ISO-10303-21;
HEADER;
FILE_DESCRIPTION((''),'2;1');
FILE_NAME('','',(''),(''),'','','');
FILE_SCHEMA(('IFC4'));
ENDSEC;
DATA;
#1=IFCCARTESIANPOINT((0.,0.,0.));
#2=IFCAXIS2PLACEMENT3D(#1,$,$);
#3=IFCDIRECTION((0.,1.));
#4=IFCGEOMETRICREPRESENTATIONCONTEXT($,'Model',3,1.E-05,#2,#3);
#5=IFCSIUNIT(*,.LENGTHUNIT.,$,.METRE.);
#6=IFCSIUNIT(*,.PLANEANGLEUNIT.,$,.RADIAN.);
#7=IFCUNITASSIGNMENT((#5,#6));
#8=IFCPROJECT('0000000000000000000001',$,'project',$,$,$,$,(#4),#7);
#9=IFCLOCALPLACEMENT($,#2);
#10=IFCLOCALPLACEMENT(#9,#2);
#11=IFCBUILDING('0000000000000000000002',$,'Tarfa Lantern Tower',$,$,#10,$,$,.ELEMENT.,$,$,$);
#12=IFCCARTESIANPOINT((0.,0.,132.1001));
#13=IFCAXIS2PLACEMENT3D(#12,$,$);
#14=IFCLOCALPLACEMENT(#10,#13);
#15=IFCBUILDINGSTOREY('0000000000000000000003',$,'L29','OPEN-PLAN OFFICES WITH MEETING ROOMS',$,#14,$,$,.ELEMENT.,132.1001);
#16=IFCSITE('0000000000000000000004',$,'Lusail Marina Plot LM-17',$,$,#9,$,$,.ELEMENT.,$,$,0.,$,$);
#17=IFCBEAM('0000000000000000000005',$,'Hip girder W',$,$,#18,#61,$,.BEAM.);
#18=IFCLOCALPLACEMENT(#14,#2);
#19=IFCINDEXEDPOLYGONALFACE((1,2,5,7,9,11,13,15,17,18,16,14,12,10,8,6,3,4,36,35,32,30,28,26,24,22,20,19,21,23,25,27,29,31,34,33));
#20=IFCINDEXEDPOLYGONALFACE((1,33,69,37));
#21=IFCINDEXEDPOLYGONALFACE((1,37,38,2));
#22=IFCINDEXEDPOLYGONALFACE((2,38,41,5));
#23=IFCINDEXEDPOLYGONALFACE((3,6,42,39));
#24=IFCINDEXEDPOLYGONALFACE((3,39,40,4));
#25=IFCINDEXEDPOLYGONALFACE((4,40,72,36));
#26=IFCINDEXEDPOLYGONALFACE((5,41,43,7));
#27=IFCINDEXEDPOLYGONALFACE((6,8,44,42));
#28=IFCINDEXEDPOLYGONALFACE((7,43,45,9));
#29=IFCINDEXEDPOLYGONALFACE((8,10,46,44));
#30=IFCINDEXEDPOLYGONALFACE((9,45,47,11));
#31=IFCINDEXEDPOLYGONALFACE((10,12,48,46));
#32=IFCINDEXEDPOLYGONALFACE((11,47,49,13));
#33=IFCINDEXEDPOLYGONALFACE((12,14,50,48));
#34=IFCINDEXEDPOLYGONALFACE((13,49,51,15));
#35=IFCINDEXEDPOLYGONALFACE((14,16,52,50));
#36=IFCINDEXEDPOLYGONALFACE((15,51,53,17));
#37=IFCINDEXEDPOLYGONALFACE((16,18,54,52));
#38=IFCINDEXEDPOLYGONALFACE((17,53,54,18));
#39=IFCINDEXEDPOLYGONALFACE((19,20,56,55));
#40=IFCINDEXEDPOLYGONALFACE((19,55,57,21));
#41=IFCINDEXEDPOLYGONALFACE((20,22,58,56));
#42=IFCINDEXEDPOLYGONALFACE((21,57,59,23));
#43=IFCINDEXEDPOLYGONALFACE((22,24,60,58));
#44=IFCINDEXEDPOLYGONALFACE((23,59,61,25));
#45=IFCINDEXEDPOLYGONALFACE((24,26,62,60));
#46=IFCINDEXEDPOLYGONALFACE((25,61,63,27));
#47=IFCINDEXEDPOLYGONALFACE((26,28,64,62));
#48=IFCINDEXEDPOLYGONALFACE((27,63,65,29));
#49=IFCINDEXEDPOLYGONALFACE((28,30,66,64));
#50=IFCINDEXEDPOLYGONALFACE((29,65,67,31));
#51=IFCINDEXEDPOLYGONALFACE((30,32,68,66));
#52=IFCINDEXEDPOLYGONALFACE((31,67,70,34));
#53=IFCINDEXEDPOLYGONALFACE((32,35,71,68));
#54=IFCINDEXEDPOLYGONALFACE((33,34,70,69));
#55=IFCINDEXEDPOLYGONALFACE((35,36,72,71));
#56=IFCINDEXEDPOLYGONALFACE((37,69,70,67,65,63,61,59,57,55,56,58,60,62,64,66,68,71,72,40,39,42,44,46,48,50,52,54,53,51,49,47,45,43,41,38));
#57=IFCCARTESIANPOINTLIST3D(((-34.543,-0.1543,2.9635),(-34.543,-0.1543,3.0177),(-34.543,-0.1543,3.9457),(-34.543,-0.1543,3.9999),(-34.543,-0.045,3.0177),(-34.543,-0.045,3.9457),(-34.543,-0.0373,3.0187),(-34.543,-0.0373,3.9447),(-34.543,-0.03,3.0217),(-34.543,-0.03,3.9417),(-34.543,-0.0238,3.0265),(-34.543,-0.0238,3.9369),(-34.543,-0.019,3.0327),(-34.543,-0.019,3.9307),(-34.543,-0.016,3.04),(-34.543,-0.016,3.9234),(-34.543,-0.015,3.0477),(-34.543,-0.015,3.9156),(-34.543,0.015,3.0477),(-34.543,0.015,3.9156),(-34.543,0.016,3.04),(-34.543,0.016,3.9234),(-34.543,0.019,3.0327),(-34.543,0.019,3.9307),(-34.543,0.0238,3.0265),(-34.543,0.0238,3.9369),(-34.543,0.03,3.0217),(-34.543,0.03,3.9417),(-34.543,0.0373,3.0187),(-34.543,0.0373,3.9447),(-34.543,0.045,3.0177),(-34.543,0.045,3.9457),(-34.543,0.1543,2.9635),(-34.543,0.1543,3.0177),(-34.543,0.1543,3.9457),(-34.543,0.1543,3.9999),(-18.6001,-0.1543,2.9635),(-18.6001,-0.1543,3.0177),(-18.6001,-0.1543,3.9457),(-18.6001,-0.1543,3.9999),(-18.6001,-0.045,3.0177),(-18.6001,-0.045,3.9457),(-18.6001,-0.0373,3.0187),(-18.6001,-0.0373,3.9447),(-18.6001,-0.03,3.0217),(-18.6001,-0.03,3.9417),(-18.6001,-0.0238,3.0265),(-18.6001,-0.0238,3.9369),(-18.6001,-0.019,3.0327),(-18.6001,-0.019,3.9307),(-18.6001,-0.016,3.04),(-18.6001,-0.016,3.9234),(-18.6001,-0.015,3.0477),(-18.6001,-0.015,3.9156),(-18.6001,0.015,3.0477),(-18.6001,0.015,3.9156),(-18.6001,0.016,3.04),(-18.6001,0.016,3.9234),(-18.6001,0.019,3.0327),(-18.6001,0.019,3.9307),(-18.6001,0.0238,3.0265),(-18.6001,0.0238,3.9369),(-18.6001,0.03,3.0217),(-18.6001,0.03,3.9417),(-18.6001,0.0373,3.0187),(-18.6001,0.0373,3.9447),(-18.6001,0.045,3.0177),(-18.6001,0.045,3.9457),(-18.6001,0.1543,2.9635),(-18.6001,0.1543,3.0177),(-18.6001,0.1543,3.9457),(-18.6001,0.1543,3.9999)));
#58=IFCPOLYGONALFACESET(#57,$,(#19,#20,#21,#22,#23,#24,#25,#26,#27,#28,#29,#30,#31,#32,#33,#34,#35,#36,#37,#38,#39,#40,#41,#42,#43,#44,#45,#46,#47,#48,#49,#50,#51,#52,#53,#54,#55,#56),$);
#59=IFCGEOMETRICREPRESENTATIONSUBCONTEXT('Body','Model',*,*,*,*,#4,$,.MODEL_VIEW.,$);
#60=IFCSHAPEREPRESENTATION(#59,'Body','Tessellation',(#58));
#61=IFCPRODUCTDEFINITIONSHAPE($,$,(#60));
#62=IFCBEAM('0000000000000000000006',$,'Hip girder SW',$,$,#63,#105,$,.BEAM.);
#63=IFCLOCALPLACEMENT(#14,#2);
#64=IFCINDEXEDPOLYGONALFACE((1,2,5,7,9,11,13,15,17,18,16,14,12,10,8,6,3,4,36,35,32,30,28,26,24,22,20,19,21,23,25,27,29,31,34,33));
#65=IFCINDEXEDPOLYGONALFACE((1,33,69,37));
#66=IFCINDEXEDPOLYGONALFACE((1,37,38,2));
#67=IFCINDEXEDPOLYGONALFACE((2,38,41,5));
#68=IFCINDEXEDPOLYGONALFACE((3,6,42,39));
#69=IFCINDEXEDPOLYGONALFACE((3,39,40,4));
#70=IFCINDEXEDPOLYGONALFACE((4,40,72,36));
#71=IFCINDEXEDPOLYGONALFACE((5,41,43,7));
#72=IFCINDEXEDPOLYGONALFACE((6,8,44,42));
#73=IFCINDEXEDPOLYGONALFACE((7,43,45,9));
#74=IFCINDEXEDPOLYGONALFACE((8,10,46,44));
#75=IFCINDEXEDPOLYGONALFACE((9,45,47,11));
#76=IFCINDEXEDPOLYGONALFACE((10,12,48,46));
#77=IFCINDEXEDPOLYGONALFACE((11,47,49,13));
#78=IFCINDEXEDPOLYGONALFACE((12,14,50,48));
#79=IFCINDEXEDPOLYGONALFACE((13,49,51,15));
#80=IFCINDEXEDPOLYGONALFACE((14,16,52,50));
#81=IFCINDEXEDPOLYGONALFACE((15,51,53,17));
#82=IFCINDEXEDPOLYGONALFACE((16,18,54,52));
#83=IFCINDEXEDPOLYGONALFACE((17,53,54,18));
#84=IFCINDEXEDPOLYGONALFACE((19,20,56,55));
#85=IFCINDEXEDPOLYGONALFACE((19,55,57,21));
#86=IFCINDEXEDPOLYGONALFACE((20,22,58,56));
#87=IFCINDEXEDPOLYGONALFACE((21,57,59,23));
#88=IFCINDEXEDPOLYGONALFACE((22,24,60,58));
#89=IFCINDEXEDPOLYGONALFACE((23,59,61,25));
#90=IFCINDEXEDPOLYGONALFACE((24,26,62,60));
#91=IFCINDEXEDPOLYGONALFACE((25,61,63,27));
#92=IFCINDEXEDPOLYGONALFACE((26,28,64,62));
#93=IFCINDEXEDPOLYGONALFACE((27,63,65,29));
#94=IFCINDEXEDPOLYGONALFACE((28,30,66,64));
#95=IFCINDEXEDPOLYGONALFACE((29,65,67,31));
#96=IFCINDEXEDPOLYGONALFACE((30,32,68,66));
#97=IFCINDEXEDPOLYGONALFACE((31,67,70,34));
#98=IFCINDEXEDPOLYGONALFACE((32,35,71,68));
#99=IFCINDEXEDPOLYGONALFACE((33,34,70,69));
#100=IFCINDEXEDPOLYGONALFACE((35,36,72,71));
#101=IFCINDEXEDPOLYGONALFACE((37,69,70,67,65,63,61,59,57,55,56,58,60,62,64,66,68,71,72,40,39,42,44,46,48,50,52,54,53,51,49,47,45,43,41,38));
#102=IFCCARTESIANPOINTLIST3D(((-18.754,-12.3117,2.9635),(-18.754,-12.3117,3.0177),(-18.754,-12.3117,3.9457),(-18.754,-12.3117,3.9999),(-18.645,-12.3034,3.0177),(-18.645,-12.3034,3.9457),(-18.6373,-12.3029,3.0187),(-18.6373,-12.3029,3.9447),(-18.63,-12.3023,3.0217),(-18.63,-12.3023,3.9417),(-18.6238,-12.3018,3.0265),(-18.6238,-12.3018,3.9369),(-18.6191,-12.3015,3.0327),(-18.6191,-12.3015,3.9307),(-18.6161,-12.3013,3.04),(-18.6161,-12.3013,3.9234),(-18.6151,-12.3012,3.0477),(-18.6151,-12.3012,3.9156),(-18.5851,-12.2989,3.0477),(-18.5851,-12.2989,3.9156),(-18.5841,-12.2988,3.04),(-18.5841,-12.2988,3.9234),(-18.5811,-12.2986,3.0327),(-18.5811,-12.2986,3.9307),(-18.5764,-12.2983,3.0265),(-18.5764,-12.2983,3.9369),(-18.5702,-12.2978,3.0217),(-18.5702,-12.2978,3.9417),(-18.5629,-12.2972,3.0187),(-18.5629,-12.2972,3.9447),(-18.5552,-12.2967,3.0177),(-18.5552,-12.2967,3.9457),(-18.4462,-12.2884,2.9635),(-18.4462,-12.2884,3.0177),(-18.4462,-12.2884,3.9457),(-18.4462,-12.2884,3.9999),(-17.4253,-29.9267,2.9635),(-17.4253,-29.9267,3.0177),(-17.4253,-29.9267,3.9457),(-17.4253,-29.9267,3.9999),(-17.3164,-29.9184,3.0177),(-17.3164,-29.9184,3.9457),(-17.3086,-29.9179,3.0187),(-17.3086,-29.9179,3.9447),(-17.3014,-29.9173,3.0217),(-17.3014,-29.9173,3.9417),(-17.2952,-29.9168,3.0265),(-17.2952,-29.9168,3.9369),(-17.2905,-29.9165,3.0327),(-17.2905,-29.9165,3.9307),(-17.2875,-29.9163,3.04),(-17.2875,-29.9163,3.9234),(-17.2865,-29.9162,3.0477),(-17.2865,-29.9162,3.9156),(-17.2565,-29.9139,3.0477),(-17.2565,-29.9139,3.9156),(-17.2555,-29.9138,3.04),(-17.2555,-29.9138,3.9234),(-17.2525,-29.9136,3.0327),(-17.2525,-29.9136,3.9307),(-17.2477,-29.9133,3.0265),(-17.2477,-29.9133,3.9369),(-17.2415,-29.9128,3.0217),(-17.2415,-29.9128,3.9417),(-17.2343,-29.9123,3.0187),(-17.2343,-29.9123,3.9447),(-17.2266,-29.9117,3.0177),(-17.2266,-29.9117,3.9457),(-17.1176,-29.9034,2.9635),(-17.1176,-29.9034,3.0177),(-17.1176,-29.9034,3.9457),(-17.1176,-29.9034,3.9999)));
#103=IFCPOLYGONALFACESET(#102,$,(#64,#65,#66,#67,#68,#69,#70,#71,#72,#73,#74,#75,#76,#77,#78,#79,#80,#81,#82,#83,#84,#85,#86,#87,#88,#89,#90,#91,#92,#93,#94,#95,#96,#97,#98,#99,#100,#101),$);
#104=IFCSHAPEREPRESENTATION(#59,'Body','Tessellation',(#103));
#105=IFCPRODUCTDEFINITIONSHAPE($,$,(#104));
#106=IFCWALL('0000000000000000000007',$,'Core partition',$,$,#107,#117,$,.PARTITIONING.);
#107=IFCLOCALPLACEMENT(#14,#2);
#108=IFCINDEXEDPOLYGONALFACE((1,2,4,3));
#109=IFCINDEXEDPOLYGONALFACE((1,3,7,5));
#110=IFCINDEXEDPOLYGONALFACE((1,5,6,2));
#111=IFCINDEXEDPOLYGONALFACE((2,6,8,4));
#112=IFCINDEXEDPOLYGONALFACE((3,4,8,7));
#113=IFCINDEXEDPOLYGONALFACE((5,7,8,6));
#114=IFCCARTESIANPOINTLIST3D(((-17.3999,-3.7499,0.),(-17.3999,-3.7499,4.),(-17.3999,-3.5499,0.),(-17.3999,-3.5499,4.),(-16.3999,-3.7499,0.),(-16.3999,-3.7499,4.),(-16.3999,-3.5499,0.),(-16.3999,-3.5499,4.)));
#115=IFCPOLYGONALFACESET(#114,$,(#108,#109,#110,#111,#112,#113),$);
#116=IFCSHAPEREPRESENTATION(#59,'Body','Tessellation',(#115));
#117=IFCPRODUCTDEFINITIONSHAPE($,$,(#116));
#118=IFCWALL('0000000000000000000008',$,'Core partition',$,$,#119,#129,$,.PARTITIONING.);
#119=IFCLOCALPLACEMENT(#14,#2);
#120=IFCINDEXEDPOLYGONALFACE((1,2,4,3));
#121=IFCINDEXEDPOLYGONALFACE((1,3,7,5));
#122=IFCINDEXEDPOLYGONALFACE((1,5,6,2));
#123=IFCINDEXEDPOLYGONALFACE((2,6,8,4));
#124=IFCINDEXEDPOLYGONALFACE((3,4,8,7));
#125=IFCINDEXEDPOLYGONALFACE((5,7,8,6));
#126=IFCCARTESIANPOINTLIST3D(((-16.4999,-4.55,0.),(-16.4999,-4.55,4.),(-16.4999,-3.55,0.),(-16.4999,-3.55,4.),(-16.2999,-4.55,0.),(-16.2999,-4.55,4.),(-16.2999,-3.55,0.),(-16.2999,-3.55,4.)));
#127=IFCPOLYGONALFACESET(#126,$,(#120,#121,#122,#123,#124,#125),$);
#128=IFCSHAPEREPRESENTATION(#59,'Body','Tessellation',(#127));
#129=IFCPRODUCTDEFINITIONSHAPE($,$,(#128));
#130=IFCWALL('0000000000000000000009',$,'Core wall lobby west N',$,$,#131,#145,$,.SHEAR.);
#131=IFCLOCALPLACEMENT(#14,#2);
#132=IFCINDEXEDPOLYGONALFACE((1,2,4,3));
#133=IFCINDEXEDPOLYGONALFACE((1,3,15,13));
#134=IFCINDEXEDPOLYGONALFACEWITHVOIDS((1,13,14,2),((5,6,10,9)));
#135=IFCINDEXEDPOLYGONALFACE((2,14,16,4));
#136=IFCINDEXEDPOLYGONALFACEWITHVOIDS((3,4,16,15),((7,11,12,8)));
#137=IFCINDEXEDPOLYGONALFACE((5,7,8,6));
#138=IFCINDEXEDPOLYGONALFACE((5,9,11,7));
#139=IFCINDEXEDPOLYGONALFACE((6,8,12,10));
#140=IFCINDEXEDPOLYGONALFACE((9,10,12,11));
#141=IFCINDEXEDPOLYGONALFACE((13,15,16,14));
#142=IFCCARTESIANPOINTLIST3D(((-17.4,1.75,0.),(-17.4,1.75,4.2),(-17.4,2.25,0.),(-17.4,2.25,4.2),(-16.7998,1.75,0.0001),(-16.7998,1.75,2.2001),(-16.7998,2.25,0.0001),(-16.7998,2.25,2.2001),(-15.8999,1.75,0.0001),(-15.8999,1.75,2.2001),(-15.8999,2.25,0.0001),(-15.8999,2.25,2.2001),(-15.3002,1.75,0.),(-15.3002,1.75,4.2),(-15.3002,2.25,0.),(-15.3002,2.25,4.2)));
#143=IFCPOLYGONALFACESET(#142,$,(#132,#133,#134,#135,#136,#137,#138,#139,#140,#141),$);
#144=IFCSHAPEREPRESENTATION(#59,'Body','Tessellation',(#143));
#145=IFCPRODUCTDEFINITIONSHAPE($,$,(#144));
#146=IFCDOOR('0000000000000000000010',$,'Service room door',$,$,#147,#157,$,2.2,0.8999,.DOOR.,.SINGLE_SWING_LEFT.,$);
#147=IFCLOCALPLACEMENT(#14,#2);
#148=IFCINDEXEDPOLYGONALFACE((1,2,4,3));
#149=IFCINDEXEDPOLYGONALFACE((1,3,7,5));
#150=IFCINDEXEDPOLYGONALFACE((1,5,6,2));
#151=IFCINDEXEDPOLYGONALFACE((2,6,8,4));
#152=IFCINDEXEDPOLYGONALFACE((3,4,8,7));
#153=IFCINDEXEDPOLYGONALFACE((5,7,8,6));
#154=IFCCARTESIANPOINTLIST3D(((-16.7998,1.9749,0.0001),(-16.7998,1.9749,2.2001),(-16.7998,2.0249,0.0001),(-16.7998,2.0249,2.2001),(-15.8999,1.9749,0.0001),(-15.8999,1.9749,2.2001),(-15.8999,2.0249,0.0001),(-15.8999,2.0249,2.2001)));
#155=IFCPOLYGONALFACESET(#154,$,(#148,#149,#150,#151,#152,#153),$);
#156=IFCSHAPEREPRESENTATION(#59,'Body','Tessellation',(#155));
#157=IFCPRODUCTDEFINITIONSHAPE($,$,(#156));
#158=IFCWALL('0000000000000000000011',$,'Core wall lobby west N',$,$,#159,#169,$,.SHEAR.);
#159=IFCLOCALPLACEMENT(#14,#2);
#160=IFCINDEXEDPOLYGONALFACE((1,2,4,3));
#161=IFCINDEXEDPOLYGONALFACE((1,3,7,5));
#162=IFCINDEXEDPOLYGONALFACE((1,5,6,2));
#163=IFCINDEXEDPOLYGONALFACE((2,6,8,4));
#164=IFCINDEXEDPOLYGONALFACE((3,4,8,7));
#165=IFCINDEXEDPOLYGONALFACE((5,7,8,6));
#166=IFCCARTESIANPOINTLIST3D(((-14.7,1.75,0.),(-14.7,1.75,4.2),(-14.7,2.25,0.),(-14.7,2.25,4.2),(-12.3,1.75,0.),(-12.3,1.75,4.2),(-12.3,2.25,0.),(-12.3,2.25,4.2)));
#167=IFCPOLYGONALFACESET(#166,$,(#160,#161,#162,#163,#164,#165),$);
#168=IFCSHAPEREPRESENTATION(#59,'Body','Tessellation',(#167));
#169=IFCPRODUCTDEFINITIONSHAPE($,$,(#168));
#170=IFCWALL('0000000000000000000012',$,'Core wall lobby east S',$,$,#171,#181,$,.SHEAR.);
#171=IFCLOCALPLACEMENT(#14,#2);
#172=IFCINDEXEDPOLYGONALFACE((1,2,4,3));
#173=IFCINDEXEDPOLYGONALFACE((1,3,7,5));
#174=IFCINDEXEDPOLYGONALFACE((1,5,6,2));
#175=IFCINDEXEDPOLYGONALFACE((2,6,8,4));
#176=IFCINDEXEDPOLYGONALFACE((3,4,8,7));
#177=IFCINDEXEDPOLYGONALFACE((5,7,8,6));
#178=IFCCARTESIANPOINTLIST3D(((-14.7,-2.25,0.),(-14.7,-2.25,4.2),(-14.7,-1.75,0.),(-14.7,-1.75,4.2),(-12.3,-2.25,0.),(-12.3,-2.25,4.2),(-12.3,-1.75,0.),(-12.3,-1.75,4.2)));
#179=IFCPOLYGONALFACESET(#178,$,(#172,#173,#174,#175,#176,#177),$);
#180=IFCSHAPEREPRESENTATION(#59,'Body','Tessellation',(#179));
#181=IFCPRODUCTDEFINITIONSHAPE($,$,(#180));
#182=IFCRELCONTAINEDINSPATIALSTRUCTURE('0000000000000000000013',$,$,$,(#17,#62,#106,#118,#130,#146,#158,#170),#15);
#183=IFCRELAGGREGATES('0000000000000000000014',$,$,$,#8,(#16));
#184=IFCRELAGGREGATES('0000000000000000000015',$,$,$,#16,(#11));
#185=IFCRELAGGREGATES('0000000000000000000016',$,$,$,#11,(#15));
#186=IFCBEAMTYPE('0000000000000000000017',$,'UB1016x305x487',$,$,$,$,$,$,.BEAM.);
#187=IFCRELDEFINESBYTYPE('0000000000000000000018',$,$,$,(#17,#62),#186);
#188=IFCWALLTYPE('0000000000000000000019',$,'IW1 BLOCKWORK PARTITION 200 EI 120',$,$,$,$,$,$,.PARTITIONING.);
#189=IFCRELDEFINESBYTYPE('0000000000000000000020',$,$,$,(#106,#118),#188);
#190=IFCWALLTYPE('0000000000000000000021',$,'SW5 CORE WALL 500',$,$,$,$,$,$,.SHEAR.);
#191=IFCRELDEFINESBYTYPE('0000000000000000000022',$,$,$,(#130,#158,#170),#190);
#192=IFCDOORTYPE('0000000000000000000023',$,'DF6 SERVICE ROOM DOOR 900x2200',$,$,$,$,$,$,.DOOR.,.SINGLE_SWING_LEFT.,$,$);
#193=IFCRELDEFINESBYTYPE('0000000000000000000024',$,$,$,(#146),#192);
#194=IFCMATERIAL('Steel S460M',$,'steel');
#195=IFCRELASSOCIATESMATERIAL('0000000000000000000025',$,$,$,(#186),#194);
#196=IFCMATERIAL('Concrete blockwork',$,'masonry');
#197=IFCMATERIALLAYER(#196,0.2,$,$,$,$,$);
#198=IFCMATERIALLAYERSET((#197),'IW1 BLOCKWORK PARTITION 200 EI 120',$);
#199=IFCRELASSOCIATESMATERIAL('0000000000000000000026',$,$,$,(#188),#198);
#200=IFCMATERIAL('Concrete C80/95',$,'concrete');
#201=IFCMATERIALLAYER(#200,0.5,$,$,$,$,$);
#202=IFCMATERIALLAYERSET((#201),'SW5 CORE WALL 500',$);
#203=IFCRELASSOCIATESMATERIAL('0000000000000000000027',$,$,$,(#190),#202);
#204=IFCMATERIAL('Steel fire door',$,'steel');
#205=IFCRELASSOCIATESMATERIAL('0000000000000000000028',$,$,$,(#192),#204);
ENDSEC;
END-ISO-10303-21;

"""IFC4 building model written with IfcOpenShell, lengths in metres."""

from ifc_helpers import new_model, si_unit, direction, frame, frame_2d, origin, origin_2d, place, context, subcontext, project, spatial, rectangle, i_section, extrude, material, layer, layer_set, material_profile, profile_set, type_object, element, fill, save


model = new_model("IFC4")

# Units and contexts
model_context = context("Model", 3, precision=1e-05, world=origin(), true_north=direction((0.0, 1.0)))
body_context = subcontext(model_context, "Body", "Model", "MODEL_VIEW")
ifc_project = project(units=[si_unit("LENGTHUNIT", "METRE"), si_unit("PLANEANGLEUNIT", "RADIAN")], contexts=[model_context])

# Site, building, storey
site_placement = place(None, origin())
site = spatial("IfcSite", under=ifc_project, at=site_placement, Name="Lusail Marina Plot LM-17", CompositionType="ELEMENT", RefElevation=0.0)
building_placement = place(site_placement, origin())
building = spatial("IfcBuilding", under=site, at=building_placement, Name="Tarfa Lantern Tower", CompositionType="ELEMENT")
storey_placement = place(building_placement, frame((0.0, 0.0, 132.1001)))
storey = spatial("IfcBuildingStorey", under=building, at=storey_placement, Name="L29", Description="OPEN-PLAN OFFICES WITH MEETING ROOMS", CompositionType="ELEMENT", Elevation=132.1001)

# Beams
ifc_material_1 = material(Name="Steel S460M", Category="steel")
ifc_material_profile = material_profile(ifc_material_1, i_section(OverallWidth=0.3086, OverallDepth=1.0364, WebThickness=0.03, FlangeThickness=0.0542, FilletRadius=0.03, at=origin_2d()), Name="UB1016x305x487")
ifc_profile_set = profile_set([ifc_material_profile], Name="Steel S460M")
beam_type = type_object("IfcBeamType", Name="UB1016x305x487", PredefinedType="BEAM", material=ifc_profile_set)
beam_1_placement = place(storey_placement, frame((-18.6001, 0.0, 3.4817), z_axis=(-1.0, 0.0, 0.0), x_axis=(0.0, -1.0, 0.0)))
element("IfcBeam", 1, at=beam_1_placement, inside=storey, type_object=beam_type, Name="Hip girder W", PredefinedType="BEAM", context=body_context, shape_type="SweptSolid", body=[
    extrude(i_section(OverallWidth=0.3086, OverallDepth=1.0364, WebThickness=0.03, FlangeThickness=0.0542, FilletRadius=0.03, at=origin_2d()), origin(), (0.0, 0.0, 1.0), 15.9429),
])
beam_2_placement = place(storey_placement, frame((-18.6001, -12.3, 3.4817), z_axis=(0.075212, -0.997168, 0.0), x_axis=(0.997168, 0.075212, 0.0)))
element("IfcBeam", 2, at=beam_2_placement, inside=storey, type_object=beam_type, Name="Hip girder SW", PredefinedType="BEAM", context=body_context, shape_type="SweptSolid", body=[
    extrude(i_section(OverallWidth=0.3086, OverallDepth=1.0364, WebThickness=0.03, FlangeThickness=0.0542, FilletRadius=0.03, at=origin_2d()), origin(), (0.0, 0.0, 1.0), 17.665),
])

# Walls
ifc_material_2 = material(Name="Concrete blockwork", Category="masonry")
ifc_layer_1 = layer(ifc_material_2, 0.2)
ifc_layer_set_1 = layer_set([ifc_layer_1], Name="IW1 BLOCKWORK PARTITION 200 EI 120")
wall_type_1 = type_object("IfcWallType", Name="IW1 BLOCKWORK PARTITION 200 EI 120", PredefinedType="PARTITIONING", material=ifc_layer_set_1)
for number, where, z_axis, x_axis, name in (
    (3, (-16.3999, -3.6499, 0.0), (0.0, 0.0, 1.0), (-1.0, 0.0, 0.0), "Core partition"),
    (4, (-16.3999, -3.55, 0.0), (0.0, 0.0, 1.0), (0.0, -1.0, 0.0), "Core partition"),
):
    element("IfcWall", number, at=place(storey_placement, frame(where, z_axis=z_axis, x_axis=x_axis)), inside=storey, type_object=wall_type_1, Name=name, PredefinedType="PARTITIONING", context=body_context, shape_type="SweptSolid", body=[
        extrude(rectangle(XDim=1.0, YDim=0.2, at=frame_2d((0.5, 0.0))), origin(), (0.0, 0.0, 1.0), 4.0),
    ])

# Wall, opening, door
ifc_material_3 = material(Name="Concrete C80/95", Category="concrete")
ifc_layer_2 = layer(ifc_material_3, 0.5)
ifc_layer_set_2 = layer_set([ifc_layer_2], Name="SW5 CORE WALL 500")
wall_type_2 = type_object("IfcWallType", Name="SW5 CORE WALL 500", PredefinedType="SHEAR", material=ifc_layer_set_2)
wall_1_placement = place(storey_placement, frame((-17.3999, 2.0, 0.0), z_axis=(0.0, 0.0, 1.0), x_axis=(1.0, 0.0, 0.0)))
wall_1 = element("IfcWall", 5, at=wall_1_placement, inside=storey, type_object=wall_type_2, Name="Core wall lobby west N", PredefinedType="SHEAR", context=body_context, shape_type="SweptSolid", body=[
    extrude(rectangle(XDim=2.0999, YDim=0.5, at=frame_2d((1.0498, 0.0))), origin(), (0.0, 0.0, 1.0), 4.2),
])
opening_1_placement = place(wall_1_placement, frame((0.6001, 0.0, 0.0)))
opening_1 = element("IfcOpeningElement", 6, at=opening_1_placement, cuts=wall_1, PredefinedType="OPENING", context=body_context, shape_type="SweptSolid", body=[
    extrude(rectangle(XDim=0.8999, YDim=2.2, at=frame_2d((0.45, 1.1001))), frame((0.0, 0.26, 0.0), z_axis=(0.0, -1.0, 0.0), x_axis=(1.0, 0.0, 0.0)), (0.0, 0.0, 1.0), 0.52),
])
ifc_material_4 = material(Name="Steel fire door", Category="steel")
door_type_1 = type_object("IfcDoorType", Name="DF6 SERVICE ROOM DOOR 900x2200", OperationType="SINGLE_SWING_LEFT", PredefinedType="DOOR", material=ifc_material_4)
door_1_placement = place(opening_1_placement, origin())
door_1 = element("IfcDoor", 7, at=door_1_placement, inside=storey, type_object=door_type_1, Name="Service room door", OperationType="SINGLE_SWING_LEFT", OverallHeight=2.2, OverallWidth=0.8999, PredefinedType="DOOR", context=body_context, shape_type="SweptSolid", body=[
    extrude(rectangle(XDim=0.8999, YDim=2.2, at=frame_2d((0.45, 1.1001))), frame((0.0, 0.0249, 0.0), z_axis=(0.0, -1.0, 0.0), x_axis=(1.0, 0.0, 0.0)), (0.0, 0.0, 1.0), 0.05),
])
fill(opening_1, door_1)

# Walls
for number, where, z_axis, x_axis, name in (
    (8, (-14.7, 2.0, 0.0), (0.0, 0.0, 1.0), (1.0, 0.0, 0.0), "Core wall lobby west N"),
    (9, (-12.3, -2.0, 0.0), (0.0, 0.0, 1.0), (-1.0, 0.0, 0.0), "Core wall lobby east S"),
):
    element("IfcWall", number, at=place(storey_placement, frame(where, z_axis=z_axis, x_axis=x_axis)), inside=storey, type_object=wall_type_2, Name=name, PredefinedType="SHEAR", context=body_context, shape_type="SweptSolid", body=[
        extrude(rectangle(XDim=2.3999, YDim=0.5, at=frame_2d((1.2, 0.0))), origin(), (0.0, 0.0, 1.0), 4.2),
    ])

save(model, "model.ifc")
